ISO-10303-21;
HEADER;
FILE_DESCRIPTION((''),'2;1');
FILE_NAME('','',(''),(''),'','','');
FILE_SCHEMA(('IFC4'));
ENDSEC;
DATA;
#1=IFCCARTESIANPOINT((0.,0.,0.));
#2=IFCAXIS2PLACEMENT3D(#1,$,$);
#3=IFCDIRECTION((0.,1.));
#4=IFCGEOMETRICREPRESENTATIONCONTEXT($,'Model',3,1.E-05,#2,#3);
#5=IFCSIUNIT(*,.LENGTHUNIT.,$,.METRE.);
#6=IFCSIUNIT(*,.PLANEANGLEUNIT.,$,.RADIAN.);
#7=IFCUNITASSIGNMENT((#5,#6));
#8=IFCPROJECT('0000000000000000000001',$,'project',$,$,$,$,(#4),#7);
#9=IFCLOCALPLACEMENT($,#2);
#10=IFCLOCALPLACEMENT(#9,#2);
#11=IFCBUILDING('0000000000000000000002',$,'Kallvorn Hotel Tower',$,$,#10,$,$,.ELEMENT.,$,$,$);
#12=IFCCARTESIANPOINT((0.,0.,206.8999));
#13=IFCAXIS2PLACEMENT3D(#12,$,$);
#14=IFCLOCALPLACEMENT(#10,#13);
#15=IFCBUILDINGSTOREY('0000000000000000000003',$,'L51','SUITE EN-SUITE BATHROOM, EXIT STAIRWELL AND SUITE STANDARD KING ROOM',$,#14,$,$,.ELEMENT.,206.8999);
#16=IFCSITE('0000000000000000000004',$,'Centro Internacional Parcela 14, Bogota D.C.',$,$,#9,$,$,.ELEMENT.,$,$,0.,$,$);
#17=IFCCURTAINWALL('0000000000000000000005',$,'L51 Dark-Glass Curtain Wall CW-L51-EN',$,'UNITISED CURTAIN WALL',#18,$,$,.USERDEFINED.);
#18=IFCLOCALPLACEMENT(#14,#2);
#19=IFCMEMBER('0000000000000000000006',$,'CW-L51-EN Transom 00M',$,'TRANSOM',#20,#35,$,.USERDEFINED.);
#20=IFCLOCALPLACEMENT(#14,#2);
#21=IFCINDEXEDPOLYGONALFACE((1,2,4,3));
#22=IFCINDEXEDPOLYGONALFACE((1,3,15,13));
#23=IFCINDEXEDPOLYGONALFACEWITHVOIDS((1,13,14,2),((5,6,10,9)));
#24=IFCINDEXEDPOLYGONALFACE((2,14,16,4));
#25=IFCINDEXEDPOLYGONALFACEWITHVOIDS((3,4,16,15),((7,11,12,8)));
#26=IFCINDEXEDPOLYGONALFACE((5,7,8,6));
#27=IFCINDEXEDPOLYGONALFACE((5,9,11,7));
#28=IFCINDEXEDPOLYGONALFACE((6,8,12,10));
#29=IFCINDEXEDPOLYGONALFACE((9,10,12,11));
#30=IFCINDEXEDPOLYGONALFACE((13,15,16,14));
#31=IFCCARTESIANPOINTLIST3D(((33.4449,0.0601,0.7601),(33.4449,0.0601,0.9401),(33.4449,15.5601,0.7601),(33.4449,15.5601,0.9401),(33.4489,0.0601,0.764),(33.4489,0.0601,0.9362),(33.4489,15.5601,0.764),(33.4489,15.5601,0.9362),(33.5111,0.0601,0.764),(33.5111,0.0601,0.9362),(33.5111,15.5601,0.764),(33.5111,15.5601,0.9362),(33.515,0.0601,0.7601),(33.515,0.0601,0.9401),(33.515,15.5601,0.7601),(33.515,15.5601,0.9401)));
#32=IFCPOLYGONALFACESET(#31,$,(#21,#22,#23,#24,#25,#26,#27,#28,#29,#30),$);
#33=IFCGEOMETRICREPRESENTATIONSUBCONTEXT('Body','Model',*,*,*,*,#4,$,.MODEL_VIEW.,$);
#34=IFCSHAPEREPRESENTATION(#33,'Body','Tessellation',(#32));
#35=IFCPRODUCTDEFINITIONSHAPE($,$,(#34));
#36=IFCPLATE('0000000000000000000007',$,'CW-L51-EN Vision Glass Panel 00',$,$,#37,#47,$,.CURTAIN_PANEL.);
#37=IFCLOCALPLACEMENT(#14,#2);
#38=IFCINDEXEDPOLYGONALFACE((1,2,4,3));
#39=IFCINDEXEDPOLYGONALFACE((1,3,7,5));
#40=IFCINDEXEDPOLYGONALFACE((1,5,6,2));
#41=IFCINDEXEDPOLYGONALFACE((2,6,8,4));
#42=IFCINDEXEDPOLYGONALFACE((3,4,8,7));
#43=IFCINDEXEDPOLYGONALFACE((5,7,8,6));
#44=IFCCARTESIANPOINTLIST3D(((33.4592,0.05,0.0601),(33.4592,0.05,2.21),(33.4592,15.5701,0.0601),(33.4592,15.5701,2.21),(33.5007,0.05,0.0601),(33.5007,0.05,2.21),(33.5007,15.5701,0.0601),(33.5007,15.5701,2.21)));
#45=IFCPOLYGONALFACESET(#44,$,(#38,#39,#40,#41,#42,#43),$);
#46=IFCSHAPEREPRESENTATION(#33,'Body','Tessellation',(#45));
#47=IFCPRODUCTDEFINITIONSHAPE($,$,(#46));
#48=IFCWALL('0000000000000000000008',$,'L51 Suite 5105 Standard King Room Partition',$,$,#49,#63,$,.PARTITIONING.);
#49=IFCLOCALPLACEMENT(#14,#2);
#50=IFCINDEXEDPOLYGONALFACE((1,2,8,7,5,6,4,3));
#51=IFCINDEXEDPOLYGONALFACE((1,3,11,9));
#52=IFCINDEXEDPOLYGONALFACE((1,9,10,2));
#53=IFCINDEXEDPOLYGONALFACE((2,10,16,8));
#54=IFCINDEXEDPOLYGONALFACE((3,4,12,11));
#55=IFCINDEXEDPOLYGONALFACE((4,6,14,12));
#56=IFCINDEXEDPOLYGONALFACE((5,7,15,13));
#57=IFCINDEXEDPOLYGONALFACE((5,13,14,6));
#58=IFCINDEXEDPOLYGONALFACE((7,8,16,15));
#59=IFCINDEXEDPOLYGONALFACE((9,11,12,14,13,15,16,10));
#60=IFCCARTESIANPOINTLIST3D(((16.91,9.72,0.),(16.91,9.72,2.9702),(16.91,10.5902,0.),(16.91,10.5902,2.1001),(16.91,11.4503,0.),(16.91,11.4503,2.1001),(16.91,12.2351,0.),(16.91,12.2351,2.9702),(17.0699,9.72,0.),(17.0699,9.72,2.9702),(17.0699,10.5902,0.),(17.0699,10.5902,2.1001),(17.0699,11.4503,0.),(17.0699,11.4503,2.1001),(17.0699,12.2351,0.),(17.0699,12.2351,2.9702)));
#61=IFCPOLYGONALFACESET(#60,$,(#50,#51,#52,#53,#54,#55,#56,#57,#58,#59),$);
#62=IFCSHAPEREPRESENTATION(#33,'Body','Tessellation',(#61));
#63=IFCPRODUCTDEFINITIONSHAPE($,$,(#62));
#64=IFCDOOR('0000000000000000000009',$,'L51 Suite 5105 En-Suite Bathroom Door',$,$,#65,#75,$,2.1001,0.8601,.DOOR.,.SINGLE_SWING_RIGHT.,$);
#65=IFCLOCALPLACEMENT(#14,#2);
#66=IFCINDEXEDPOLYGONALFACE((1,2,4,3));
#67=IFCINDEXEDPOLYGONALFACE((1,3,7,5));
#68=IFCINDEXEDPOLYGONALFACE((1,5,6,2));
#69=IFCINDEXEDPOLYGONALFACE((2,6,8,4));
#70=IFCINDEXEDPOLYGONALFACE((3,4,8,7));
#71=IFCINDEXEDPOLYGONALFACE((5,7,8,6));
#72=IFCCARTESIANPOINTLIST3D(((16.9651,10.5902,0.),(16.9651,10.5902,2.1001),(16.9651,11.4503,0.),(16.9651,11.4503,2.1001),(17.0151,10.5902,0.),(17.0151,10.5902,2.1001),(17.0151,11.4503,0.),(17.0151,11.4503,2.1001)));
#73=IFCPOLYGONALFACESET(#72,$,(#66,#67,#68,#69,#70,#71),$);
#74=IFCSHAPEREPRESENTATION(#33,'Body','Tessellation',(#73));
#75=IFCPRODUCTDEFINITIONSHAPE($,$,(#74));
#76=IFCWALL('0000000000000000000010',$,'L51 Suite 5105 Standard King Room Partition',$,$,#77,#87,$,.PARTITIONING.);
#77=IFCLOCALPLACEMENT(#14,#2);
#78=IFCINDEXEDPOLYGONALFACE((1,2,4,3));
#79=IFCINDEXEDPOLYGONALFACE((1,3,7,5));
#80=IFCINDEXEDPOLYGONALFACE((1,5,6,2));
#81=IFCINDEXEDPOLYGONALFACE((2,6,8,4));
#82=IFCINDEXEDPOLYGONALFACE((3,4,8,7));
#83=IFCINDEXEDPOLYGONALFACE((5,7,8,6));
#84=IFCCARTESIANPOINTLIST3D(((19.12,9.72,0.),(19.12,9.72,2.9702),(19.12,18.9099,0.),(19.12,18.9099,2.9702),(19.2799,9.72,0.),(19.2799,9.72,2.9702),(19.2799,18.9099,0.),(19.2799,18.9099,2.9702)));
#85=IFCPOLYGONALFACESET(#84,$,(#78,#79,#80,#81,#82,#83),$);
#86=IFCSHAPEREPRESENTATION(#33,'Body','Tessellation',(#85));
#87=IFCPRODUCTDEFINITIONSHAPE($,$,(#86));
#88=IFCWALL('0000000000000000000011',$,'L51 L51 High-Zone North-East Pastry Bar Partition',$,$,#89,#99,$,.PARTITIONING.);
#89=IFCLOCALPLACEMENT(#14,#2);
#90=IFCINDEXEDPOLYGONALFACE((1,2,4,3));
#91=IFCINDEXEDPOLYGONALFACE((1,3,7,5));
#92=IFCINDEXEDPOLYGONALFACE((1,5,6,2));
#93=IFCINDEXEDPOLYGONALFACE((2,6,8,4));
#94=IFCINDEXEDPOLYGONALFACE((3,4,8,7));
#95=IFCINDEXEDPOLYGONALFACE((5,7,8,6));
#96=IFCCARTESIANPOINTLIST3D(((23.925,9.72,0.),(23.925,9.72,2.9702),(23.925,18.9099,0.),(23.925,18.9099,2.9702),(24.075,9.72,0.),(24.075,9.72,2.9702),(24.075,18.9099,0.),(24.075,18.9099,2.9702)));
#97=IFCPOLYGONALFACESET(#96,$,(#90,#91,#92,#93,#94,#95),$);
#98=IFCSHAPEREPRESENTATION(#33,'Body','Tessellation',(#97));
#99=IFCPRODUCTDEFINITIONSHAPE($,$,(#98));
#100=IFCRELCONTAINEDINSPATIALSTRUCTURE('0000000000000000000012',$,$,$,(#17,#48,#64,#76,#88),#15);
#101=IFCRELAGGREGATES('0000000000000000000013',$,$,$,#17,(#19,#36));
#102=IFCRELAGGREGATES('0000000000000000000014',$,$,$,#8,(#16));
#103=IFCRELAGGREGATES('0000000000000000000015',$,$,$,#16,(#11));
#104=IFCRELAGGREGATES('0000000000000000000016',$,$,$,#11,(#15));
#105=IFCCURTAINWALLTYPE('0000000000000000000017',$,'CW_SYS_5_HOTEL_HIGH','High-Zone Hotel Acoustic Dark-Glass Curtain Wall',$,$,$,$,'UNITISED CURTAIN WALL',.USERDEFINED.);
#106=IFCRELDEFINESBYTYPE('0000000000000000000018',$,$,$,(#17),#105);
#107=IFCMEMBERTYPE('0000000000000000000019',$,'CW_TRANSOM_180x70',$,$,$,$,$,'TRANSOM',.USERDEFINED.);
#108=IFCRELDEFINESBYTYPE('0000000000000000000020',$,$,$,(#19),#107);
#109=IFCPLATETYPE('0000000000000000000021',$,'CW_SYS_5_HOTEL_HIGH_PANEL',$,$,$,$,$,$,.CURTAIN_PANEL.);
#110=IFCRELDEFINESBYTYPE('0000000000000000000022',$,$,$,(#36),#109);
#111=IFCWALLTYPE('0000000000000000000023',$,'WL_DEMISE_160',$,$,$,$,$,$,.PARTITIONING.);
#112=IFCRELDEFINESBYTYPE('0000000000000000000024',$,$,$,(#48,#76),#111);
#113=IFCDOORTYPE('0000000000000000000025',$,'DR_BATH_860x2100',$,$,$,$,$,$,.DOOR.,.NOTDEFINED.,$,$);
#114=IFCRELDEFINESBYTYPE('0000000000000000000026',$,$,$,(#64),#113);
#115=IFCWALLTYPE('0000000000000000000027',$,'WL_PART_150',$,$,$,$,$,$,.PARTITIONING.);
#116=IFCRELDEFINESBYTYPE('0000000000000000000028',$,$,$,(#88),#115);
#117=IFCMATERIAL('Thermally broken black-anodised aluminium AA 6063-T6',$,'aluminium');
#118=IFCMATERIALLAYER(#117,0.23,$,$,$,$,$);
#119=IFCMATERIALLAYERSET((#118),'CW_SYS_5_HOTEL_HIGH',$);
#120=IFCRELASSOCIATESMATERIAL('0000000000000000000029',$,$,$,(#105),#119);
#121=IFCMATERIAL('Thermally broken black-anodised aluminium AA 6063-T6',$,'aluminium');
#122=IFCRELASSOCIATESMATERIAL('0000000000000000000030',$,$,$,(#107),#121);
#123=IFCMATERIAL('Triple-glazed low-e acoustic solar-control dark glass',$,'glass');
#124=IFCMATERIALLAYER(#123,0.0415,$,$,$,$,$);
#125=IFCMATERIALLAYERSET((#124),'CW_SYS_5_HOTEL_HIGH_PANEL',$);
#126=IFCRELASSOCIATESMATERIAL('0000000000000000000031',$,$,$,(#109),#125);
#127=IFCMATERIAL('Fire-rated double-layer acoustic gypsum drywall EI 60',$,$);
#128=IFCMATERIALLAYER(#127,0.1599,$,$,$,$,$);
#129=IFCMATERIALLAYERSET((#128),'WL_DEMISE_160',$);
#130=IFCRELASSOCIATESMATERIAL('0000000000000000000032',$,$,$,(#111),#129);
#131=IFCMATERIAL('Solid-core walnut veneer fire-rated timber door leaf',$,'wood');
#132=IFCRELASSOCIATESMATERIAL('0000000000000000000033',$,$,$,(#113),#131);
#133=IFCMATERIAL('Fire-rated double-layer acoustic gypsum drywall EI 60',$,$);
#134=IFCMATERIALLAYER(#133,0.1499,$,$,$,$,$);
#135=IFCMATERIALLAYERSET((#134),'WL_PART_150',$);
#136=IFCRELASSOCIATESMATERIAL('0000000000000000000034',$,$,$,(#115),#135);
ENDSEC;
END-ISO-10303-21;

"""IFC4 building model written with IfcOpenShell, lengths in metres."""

from ifc_helpers import new_model, si_unit, direction, frame, frame_2d, origin, origin_2d, place, context, subcontext, project, spatial, rectangle, hollow_rectangle, extrude, material, layer, layer_set, material_profile, profile_set, type_object, element, fill, aggregate, save


model = new_model("IFC4")

# Units and contexts
model_context = context("Model", 3, precision=1e-05, world=origin(), true_north=direction((0.0, 1.0)))
body_context = subcontext(model_context, "Body", "Model", "MODEL_VIEW")
ifc_project = project(units=[si_unit("LENGTHUNIT", "METRE"), si_unit("PLANEANGLEUNIT", "RADIAN")], contexts=[model_context])

# Site, building, storey
site_placement = place(None, origin())
site = spatial("IfcSite", under=ifc_project, at=site_placement, Name="Centro Internacional Parcela 14, Bogota D.C.", CompositionType="ELEMENT", RefElevation=0.0)
building_placement = place(site_placement, origin())
building = spatial("IfcBuilding", under=site, at=building_placement, Name="Kallvorn Hotel Tower", CompositionType="ELEMENT")
storey_placement = place(building_placement, frame((0.0, 0.0, 206.8999)))
storey = spatial("IfcBuildingStorey", under=building, at=storey_placement, Name="L51", Description="SUITE EN-SUITE BATHROOM, EXIT STAIRWELL AND SUITE STANDARD KING ROOM", CompositionType="ELEMENT", Elevation=206.8999)

# Curtain wall, member, plate
ifc_material_1 = material(Name="Thermally broken black-anodised aluminium AA 6063-T6", Category="aluminium")
ifc_layer_1 = layer(ifc_material_1, 0.23)
ifc_layer_set_1 = layer_set([ifc_layer_1], Name="CW_SYS_5_HOTEL_HIGH")
curtain_wall_type = type_object("IfcCurtainWallType", Name="CW_SYS_5_HOTEL_HIGH", Description="High-Zone Hotel Acoustic Dark-Glass Curtain Wall", ElementType="UNITISED CURTAIN WALL", PredefinedType="USERDEFINED", material=ifc_layer_set_1)
curtain_wall_placement = place(storey_placement, origin())
curtain_wall = element("IfcCurtainWall", 1, at=curtain_wall_placement, inside=storey, type_object=curtain_wall_type, Name="L51 Dark-Glass Curtain Wall CW-L51-EN", ObjectType="UNITISED CURTAIN WALL", PredefinedType="USERDEFINED")
ifc_material_2 = material(Name="Thermally broken black-anodised aluminium AA 6063-T6", Category="aluminium")
ifc_material_profile_1 = material_profile(ifc_material_2, hollow_rectangle(XDim=0.0701, YDim=0.1799, WallThickness=0.0039, at=origin_2d()), Name="TRN 180x70")
ifc_profile_set_1 = profile_set([ifc_material_profile_1], Name="Thermally broken black-anodised aluminium AA 6063-T6")
member_type_1 = type_object("IfcMemberType", Name="CW_TRANSOM_180x70", ElementType="TRANSOM", PredefinedType="USERDEFINED", material=ifc_profile_set_1)
member_1_placement = place(storey_placement, frame((33.48, 0.0601, 0.8501), z_axis=(0.0, 1.0, 0.0), x_axis=(-1.0, 0.0, 0.0)))
member_1 = element("IfcMember", 2, at=member_1_placement, type_object=member_type_1, Name="CW-L51-EN Transom 00M", ObjectType="TRANSOM", PredefinedType="USERDEFINED", context=body_context, shape_type="SweptSolid", body=[
    extrude(hollow_rectangle(XDim=0.0701, YDim=0.1799, WallThickness=0.0039, at=origin_2d()), origin(), (0.0, 0.0, 1.0), 15.5),
])
ifc_material_3 = material(Name="Triple-glazed low-e acoustic solar-control dark glass", Category="glass")
ifc_layer_2 = layer(ifc_material_3, 0.0415)
ifc_layer_set_2 = layer_set([ifc_layer_2], Name="CW_SYS_5_HOTEL_HIGH_PANEL")
plate_type = type_object("IfcPlateType", Name="CW_SYS_5_HOTEL_HIGH_PANEL", PredefinedType="CURTAIN_PANEL", material=ifc_layer_set_2)
plate_placement = place(storey_placement, frame((33.48, 7.8101, 0.0601), z_axis=(0.0, 0.0, 1.0), x_axis=(0.0, 1.0, 0.0)))
plate = element("IfcPlate", 3, at=plate_placement, type_object=plate_type, Name="CW-L51-EN Vision Glass Panel 00", PredefinedType="CURTAIN_PANEL", context=body_context, shape_type="SweptSolid", body=[
    extrude(rectangle(XDim=15.52, YDim=0.0415, at=origin_2d()), origin(), (0.0, 0.0, 1.0), 2.1499),
])
aggregate(curtain_wall, [member_1, plate])

# Wall, opening, door
ifc_material_4 = material(Name="Fire-rated double-layer acoustic gypsum drywall EI 60")
ifc_layer_3 = layer(ifc_material_4, 0.1599)
ifc_layer_set_3 = layer_set([ifc_layer_3], Name="WL_DEMISE_160")
wall_type_1 = type_object("IfcWallType", Name="WL_DEMISE_160", PredefinedType="PARTITIONING", material=ifc_layer_set_3)
wall_1_placement = place(storey_placement, frame((16.99, 9.72, 0.0), z_axis=(0.0, 0.0, 1.0), x_axis=(0.0, 1.0, 0.0)))
wall_1 = element("IfcWall", 4, at=wall_1_placement, inside=storey, type_object=wall_type_1, Name="L51 Suite 5105 Standard King Room Partition", PredefinedType="PARTITIONING", context=body_context, shape_type="SweptSolid", body=[
    extrude(rectangle(XDim=2.5151, YDim=0.1599, at=frame_2d((1.2576, 0.0))), origin(), (0.0, 0.0, 1.0), 2.9702),
])
opening_placement = place(wall_1_placement, frame((0.8701, 0.0, 0.0)))
opening = element("IfcOpeningElement", 5, at=opening_placement, cuts=wall_1, PredefinedType="OPENING", context=body_context, shape_type="SweptSolid", body=[
    extrude(rectangle(XDim=0.8601, YDim=2.1001, at=frame_2d((0.4302, 1.05))), frame((0.0, 0.095, 0.0), z_axis=(0.0, -1.0, 0.0), x_axis=(1.0, 0.0, 0.0)), (0.0, 0.0, 1.0), 0.1899),
])
ifc_material_5 = material(Name="Solid-core walnut veneer fire-rated timber door leaf", Category="wood")
door_type = type_object("IfcDoorType", Name="DR_BATH_860x2100", OperationType="NOTDEFINED", PredefinedType="DOOR", material=ifc_material_5)
door_placement = place(opening_placement, origin())
door = element("IfcDoor", 6, at=door_placement, inside=storey, type_object=door_type, Name="L51 Suite 5105 En-Suite Bathroom Door", OperationType="SINGLE_SWING_RIGHT", OverallHeight=2.1001, OverallWidth=0.8601, PredefinedType="DOOR", context=body_context, shape_type="SweptSolid", body=[
    extrude(rectangle(XDim=0.8601, YDim=2.1001, at=frame_2d((0.4302, 1.05))), frame((0.0, 0.0249, 0.0), z_axis=(0.0, -1.0, 0.0), x_axis=(1.0, 0.0, 0.0)), (0.0, 0.0, 1.0), 0.05),
])
fill(opening, door)

# Walls
wall_2_placement = place(storey_placement, frame((19.2, 9.72, 0.0), z_axis=(0.0, 0.0, 1.0), x_axis=(0.0, 1.0, 0.0)))
element("IfcWall", 7, at=wall_2_placement, inside=storey, type_object=wall_type_1, Name="L51 Suite 5105 Standard King Room Partition", PredefinedType="PARTITIONING", context=body_context, shape_type="SweptSolid", body=[
    extrude(rectangle(XDim=9.1899, YDim=0.1599, at=frame_2d((4.595, 0.0))), origin(), (0.0, 0.0, 1.0), 2.9702),
])
ifc_material_6 = material(Name="Fire-rated double-layer acoustic gypsum drywall EI 60")
ifc_layer_4 = layer(ifc_material_6, 0.1499)
ifc_layer_set_4 = layer_set([ifc_layer_4], Name="WL_PART_150")
wall_type_2 = type_object("IfcWallType", Name="WL_PART_150", PredefinedType="PARTITIONING", material=ifc_layer_set_4)
wall_3_placement = place(storey_placement, frame((24.0, 9.72, 0.0), z_axis=(0.0, 0.0, 1.0), x_axis=(0.0, 1.0, 0.0)))
element("IfcWall", 8, at=wall_3_placement, inside=storey, type_object=wall_type_2, Name="L51 L51 High-Zone North-East Pastry Bar Partition", PredefinedType="PARTITIONING", context=body_context, shape_type="SweptSolid", body=[
    extrude(rectangle(XDim=9.1899, YDim=0.1499, at=frame_2d((4.595, 0.0))), origin(), (0.0, 0.0, 1.0), 2.9702),
])

save(model, "model.ifc")
